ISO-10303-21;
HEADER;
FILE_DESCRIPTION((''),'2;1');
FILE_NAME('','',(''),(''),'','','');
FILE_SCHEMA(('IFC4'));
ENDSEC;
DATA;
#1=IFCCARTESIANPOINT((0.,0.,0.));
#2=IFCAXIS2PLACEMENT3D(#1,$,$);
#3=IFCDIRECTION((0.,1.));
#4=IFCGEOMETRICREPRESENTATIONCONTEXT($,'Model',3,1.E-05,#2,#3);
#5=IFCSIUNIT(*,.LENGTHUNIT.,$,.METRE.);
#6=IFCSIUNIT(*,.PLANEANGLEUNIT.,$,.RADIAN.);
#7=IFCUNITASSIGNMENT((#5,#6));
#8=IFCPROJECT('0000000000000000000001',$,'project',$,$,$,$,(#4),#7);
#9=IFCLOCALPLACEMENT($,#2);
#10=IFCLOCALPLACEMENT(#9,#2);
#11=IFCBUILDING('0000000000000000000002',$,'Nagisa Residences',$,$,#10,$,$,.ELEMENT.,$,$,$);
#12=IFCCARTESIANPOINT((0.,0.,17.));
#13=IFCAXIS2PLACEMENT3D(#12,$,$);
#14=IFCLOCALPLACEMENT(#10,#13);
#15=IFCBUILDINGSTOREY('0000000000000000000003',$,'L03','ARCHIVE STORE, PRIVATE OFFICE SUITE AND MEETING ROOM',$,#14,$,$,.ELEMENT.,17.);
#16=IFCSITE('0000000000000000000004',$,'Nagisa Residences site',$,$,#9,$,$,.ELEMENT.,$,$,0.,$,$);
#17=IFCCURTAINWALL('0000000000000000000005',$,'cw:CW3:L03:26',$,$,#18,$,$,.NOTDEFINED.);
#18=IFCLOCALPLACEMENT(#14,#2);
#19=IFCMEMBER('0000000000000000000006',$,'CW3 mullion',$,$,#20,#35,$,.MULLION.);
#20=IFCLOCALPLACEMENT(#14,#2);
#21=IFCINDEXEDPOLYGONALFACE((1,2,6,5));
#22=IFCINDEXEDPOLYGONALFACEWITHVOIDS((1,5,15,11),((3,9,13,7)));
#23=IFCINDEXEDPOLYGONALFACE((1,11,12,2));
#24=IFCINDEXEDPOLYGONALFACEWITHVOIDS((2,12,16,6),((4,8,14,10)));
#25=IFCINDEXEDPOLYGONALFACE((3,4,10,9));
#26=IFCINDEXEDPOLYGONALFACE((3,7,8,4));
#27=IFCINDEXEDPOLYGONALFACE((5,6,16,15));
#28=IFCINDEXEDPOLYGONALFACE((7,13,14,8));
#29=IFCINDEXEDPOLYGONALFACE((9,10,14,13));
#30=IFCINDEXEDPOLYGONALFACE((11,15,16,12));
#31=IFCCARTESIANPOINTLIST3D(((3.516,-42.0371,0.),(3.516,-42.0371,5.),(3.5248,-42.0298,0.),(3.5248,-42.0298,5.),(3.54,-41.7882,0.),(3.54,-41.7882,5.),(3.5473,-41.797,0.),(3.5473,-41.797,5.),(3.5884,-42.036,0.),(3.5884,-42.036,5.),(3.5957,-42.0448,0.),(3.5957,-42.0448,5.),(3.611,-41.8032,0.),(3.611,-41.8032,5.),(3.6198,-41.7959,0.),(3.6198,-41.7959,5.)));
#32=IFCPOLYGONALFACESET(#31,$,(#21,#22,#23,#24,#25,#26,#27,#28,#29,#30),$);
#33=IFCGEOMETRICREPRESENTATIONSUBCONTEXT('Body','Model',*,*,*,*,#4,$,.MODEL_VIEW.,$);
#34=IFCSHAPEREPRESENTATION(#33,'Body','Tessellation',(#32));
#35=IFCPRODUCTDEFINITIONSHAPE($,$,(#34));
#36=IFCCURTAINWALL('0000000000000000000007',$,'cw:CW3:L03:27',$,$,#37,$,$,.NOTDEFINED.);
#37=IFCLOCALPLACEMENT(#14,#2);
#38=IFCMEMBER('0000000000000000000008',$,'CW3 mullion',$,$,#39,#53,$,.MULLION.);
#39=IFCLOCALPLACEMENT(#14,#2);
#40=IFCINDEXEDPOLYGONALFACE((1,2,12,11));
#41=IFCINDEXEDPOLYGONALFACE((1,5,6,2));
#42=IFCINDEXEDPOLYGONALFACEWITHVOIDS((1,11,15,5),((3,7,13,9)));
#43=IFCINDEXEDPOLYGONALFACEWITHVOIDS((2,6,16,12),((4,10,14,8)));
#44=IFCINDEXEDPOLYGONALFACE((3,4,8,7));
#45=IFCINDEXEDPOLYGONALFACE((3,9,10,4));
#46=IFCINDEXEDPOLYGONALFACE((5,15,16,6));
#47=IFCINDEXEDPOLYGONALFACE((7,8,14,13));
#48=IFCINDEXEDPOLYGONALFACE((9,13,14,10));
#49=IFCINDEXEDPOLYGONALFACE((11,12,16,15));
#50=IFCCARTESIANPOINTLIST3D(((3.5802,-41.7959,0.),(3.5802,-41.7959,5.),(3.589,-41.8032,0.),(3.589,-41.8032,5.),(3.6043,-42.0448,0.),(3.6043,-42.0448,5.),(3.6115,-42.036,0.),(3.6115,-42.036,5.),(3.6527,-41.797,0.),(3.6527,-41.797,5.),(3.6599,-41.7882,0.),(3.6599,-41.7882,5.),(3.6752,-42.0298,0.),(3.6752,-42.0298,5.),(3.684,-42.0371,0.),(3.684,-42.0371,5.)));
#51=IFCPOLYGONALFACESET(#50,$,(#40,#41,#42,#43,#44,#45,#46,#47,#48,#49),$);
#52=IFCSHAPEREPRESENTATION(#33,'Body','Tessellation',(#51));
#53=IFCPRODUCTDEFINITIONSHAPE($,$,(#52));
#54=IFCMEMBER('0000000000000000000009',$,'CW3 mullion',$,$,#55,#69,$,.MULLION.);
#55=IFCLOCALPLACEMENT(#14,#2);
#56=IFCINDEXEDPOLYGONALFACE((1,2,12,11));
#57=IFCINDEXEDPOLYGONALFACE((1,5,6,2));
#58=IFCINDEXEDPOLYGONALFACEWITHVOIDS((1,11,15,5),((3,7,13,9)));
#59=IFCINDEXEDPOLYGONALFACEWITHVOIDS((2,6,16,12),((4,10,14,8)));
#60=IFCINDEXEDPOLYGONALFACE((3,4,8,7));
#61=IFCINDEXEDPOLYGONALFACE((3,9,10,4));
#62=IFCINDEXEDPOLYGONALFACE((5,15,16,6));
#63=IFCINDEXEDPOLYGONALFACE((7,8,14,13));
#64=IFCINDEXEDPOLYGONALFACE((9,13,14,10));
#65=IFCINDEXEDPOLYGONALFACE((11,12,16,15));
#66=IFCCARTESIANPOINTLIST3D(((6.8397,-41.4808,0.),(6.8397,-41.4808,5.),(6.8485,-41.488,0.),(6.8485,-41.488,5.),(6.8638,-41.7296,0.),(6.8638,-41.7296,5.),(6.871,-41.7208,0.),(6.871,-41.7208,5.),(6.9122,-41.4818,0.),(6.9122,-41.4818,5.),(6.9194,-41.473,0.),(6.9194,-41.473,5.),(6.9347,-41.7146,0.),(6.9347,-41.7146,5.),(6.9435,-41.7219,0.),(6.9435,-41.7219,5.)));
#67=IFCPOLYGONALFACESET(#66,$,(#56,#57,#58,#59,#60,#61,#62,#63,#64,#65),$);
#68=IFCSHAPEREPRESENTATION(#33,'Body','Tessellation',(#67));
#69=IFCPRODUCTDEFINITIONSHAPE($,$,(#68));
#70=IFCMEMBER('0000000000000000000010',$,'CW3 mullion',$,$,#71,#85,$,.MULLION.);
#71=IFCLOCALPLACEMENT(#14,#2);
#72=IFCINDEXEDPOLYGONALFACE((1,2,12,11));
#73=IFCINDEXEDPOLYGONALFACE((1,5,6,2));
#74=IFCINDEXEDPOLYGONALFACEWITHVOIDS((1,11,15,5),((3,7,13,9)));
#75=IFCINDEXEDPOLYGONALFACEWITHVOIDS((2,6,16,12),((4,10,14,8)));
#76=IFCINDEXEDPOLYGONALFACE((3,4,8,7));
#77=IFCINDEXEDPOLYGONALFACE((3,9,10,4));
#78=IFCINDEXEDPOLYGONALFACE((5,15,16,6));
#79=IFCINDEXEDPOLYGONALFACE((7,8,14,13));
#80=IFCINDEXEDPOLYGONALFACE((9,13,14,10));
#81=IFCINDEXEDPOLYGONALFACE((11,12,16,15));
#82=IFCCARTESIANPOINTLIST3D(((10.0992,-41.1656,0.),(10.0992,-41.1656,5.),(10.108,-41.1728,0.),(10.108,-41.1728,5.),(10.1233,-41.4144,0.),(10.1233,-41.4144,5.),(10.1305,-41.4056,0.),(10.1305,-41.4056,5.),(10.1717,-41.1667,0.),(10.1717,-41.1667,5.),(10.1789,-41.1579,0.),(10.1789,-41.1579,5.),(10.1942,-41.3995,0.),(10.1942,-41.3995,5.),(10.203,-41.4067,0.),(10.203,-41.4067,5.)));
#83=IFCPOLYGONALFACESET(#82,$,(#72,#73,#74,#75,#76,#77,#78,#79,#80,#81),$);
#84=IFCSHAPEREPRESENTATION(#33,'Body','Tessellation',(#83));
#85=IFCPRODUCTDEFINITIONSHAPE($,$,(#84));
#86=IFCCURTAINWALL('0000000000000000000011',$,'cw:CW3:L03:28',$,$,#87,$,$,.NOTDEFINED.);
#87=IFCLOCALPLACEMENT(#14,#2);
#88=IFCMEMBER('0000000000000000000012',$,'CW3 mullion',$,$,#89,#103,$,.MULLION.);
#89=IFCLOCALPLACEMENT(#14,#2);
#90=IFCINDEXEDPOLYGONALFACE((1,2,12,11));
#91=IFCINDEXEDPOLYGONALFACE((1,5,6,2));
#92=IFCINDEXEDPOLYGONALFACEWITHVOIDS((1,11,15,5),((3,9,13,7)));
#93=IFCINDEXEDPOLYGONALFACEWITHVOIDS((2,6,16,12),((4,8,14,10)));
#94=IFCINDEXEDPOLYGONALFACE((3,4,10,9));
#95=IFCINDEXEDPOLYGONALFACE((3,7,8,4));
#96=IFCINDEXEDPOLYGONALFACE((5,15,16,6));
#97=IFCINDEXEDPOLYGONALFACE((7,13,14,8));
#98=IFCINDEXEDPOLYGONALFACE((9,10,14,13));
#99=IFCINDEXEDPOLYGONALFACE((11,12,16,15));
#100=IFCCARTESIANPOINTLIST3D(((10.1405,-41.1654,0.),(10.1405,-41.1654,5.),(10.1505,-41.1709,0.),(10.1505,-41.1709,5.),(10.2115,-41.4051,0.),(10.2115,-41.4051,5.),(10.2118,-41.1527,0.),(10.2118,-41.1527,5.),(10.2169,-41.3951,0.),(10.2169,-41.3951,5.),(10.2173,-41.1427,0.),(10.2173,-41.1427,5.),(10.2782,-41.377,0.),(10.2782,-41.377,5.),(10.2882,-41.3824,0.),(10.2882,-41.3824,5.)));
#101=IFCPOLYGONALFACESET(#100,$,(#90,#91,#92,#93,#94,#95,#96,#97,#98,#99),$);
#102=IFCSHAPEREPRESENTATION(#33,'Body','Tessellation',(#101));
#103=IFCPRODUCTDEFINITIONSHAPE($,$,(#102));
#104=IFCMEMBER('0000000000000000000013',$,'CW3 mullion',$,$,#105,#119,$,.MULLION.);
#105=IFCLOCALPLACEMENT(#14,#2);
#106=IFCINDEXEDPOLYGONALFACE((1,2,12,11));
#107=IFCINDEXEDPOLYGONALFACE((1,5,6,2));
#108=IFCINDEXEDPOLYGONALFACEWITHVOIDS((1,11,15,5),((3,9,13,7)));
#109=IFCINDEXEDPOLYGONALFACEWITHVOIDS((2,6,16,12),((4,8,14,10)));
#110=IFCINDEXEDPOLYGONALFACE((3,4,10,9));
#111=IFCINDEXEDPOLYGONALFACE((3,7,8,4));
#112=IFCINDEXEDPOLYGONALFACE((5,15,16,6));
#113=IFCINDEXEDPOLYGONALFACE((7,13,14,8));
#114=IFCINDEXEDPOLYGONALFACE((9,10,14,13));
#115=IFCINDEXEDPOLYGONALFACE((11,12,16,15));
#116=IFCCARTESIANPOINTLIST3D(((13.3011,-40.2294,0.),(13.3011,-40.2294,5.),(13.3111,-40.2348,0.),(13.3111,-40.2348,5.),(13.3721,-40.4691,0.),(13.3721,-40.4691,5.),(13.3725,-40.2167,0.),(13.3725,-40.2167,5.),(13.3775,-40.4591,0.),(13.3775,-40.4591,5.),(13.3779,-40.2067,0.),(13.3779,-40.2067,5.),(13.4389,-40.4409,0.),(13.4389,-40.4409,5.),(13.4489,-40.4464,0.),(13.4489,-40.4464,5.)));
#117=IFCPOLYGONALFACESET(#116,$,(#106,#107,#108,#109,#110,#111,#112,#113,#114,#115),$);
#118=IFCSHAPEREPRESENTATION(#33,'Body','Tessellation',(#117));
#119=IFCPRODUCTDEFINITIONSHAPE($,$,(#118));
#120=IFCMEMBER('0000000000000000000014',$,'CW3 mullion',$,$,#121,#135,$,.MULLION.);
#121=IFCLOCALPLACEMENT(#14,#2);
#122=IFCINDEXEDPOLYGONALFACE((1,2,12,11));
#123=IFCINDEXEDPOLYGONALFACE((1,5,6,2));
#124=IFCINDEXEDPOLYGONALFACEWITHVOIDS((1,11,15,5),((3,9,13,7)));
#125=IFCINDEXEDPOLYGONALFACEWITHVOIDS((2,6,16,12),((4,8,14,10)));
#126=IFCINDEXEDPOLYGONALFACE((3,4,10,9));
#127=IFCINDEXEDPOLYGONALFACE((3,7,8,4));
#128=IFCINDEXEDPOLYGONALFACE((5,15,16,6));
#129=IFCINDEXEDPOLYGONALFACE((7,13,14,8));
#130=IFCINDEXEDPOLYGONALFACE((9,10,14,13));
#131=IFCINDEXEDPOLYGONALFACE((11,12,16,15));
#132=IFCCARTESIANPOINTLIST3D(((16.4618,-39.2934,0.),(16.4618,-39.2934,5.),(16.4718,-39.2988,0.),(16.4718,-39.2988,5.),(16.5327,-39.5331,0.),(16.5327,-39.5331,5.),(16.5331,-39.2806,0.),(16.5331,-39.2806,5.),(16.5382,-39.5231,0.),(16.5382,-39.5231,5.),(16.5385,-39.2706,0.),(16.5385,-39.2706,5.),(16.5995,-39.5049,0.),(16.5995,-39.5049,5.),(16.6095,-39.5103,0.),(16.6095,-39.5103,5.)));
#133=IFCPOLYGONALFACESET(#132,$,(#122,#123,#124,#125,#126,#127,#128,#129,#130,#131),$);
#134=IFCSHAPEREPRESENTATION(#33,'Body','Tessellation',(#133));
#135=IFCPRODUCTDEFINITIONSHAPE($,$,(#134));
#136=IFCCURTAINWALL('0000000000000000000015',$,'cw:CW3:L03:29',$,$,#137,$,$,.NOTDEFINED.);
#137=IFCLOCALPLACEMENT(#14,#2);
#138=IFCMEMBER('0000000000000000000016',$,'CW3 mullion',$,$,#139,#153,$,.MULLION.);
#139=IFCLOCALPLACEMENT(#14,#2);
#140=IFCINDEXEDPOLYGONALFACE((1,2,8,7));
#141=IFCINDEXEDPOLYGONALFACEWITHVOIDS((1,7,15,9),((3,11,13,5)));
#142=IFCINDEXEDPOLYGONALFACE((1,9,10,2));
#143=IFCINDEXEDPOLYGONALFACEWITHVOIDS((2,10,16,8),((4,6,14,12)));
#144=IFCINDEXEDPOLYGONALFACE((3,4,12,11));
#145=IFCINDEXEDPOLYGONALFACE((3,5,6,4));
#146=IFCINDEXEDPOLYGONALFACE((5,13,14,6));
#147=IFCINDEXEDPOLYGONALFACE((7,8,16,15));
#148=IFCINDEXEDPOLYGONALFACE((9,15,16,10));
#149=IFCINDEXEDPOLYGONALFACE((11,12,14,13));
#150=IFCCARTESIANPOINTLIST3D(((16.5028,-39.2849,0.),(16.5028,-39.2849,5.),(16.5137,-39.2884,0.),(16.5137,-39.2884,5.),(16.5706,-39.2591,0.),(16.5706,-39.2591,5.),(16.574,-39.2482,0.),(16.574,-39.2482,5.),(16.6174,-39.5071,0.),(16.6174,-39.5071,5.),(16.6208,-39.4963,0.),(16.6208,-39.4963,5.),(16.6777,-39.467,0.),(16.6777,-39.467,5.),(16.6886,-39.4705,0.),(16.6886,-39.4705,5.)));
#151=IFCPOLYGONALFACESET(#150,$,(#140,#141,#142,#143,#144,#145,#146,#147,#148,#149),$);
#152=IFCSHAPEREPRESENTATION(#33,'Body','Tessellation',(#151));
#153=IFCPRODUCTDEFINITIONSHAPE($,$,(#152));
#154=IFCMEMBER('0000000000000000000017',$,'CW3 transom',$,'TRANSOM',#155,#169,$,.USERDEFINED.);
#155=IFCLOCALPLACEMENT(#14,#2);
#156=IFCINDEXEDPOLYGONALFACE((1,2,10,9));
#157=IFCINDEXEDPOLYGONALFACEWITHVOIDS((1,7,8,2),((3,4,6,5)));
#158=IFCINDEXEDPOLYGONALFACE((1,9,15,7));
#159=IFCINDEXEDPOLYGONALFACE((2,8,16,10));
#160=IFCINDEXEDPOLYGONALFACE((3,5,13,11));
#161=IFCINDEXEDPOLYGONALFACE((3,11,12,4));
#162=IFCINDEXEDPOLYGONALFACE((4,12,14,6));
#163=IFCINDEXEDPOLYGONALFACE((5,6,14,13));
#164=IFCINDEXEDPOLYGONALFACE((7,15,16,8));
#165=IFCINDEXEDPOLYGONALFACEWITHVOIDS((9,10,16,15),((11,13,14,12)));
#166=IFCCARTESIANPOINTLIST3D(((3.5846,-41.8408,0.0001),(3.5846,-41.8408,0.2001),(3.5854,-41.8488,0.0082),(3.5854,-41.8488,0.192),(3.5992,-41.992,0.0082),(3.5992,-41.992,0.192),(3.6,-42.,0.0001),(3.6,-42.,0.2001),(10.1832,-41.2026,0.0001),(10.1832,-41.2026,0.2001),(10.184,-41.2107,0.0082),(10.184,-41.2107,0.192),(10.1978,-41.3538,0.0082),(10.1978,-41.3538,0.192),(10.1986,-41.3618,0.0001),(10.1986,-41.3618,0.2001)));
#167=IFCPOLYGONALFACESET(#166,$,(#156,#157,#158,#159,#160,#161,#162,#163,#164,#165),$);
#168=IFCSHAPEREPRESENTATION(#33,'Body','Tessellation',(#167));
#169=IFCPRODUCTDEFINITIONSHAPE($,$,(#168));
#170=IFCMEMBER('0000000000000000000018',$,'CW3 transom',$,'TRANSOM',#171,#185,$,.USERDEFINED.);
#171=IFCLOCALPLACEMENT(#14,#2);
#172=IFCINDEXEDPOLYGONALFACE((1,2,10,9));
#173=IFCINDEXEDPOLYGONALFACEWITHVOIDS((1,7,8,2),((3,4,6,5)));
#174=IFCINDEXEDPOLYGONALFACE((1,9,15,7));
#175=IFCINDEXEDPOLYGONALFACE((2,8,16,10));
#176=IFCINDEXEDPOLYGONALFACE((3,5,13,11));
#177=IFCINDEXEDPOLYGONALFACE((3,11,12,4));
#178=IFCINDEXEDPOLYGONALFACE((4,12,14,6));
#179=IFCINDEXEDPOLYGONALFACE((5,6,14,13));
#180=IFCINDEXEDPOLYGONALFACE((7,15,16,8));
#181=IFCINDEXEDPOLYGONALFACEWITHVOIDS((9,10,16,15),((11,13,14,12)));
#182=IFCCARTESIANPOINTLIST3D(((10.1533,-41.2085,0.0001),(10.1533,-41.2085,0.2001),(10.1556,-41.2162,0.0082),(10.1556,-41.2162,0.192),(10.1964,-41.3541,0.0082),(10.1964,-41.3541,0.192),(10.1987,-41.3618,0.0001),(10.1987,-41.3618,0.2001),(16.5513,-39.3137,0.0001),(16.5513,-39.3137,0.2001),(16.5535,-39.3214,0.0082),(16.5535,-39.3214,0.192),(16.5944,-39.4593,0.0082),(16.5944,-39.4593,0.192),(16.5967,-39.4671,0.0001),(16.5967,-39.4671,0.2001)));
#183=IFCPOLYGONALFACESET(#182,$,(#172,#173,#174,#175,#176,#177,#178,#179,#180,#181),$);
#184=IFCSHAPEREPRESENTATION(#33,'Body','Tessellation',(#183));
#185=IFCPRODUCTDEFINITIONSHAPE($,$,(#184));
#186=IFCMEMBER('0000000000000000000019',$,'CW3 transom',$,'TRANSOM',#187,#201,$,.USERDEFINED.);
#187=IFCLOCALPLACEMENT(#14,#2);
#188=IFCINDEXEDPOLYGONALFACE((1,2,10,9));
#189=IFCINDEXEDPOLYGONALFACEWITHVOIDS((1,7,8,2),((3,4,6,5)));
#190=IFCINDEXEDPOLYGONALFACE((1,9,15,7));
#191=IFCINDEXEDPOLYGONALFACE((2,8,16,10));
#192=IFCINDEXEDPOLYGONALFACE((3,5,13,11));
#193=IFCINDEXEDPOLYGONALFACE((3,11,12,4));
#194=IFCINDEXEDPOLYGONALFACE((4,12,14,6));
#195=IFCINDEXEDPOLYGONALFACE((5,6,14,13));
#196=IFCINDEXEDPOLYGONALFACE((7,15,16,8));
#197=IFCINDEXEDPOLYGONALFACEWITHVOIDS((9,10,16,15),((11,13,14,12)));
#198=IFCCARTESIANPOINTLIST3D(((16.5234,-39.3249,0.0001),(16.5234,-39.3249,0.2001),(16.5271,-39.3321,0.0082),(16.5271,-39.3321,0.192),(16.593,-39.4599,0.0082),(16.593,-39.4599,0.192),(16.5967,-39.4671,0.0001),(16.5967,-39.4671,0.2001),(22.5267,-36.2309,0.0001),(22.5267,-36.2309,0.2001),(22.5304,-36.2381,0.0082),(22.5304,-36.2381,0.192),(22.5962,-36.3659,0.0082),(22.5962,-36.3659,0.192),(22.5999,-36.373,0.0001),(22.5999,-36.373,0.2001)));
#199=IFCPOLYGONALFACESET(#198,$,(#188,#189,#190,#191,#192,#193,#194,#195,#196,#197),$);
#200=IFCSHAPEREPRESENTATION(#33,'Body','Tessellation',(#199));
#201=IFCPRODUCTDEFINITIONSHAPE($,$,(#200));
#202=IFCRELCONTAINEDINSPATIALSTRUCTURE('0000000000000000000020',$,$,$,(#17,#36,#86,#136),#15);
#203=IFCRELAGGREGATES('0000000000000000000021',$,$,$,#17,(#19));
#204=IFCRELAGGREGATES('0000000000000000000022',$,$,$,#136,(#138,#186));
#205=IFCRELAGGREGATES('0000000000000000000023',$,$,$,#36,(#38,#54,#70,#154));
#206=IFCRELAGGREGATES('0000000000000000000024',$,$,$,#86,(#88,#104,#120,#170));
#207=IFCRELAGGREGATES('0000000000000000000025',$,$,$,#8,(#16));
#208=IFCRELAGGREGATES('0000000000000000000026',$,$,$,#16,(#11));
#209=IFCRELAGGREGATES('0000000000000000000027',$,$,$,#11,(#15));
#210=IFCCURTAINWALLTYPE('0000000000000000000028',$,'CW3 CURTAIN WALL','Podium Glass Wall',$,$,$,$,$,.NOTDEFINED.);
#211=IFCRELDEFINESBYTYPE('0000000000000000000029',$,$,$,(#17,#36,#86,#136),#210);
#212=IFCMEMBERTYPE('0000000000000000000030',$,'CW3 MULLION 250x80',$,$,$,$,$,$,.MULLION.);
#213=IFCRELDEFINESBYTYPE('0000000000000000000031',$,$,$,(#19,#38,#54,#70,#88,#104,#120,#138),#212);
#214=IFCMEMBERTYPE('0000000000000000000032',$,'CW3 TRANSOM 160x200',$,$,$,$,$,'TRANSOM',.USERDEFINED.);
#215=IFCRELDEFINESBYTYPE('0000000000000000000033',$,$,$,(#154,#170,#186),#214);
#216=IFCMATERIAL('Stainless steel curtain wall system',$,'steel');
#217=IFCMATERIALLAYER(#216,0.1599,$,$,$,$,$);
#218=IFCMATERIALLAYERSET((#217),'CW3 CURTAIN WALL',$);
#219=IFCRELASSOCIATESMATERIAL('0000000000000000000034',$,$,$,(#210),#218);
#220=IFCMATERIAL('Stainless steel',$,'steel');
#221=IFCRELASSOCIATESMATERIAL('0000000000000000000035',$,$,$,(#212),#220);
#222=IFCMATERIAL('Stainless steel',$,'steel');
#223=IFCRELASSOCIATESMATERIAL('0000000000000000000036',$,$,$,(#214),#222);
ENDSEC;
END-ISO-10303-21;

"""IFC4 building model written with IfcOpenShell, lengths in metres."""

from ifc_helpers import new_model, si_unit, direction, frame, origin, origin_2d, place, context, subcontext, project, spatial, hollow_rectangle, extrude, material, layer, layer_set, material_profile, profile_set, type_object, element, aggregate, save


model = new_model("IFC4")

# Units and contexts
model_context = context("Model", 3, precision=1e-05, world=origin(), true_north=direction((0.0, 1.0)))
body_context = subcontext(model_context, "Body", "Model", "MODEL_VIEW")
ifc_project = project(units=[si_unit("LENGTHUNIT", "METRE"), si_unit("PLANEANGLEUNIT", "RADIAN")], contexts=[model_context])

# Site, building, storey
site_placement = place(None, origin())
site = spatial("IfcSite", under=ifc_project, at=site_placement, Name="Nagisa Residences site", CompositionType="ELEMENT", RefElevation=0.0)
building_placement = place(site_placement, origin())
building = spatial("IfcBuilding", under=site, at=building_placement, Name="Nagisa Residences", CompositionType="ELEMENT")
storey_placement = place(building_placement, frame((0.0, 0.0, 17.0)))
storey = spatial("IfcBuildingStorey", under=building, at=storey_placement, Name="L03", Description="ARCHIVE STORE, PRIVATE OFFICE SUITE AND MEETING ROOM", CompositionType="ELEMENT", Elevation=17.0)

# Curtain wall, member
ifc_material_1 = material(Name="Stainless steel curtain wall system", Category="steel")
ifc_layer_1 = layer(ifc_material_1, 0.1599)
ifc_layer_set_1 = layer_set([ifc_layer_1], Name="CW3 CURTAIN WALL")
curtain_wall_type_1 = type_object("IfcCurtainWallType", Name="CW3 CURTAIN WALL", Description="Podium Glass Wall", PredefinedType="NOTDEFINED", material=ifc_layer_set_1)
curtain_wall_1_placement = place(storey_placement, origin())
curtain_wall_1 = element("IfcCurtainWall", 1, at=curtain_wall_1_placement, inside=storey, type_object=curtain_wall_type_1, Name="cw:CW3:L03:26", PredefinedType="NOTDEFINED")
ifc_material_2 = material(Name="Stainless steel", Category="steel")
ifc_material_profile_1 = material_profile(ifc_material_2, hollow_rectangle(XDim=0.25, YDim=0.0801, WallThickness=0.0081, at=origin_2d()), Name="CW3 MULLION 250x80")
ifc_profile_set_1 = profile_set([ifc_material_profile_1], Name="Stainless steel")
member_type_1 = type_object("IfcMemberType", Name="CW3 MULLION 250x80", PredefinedType="MULLION", material=ifc_profile_set_1)
member_1_placement = place(storey_placement, frame((3.5679, -41.9165, 0.0), z_axis=(0.0, 0.0, 1.0), x_axis=(0.096249, 0.995357, 0.0)))
member_1 = element("IfcMember", 2, at=member_1_placement, type_object=member_type_1, Name="CW3 mullion", PredefinedType="MULLION", context=body_context, shape_type="SweptSolid", body=[
    extrude(hollow_rectangle(XDim=0.25, YDim=0.0801, WallThickness=0.0081, at=origin_2d()), origin(), (0.0, 0.0, 1.0), 5.0),
])
aggregate(curtain_wall_1, [member_1])

# Curtain walls, members
curtain_wall_2_placement = place(storey_placement, origin())
curtain_wall_2 = element("IfcCurtainWall", 3, at=curtain_wall_2_placement, inside=storey, type_object=curtain_wall_type_1, Name="cw:CW3:L03:27", PredefinedType="NOTDEFINED")
member_2_placement = place(storey_placement, frame((3.6321, -41.9165, 0.0), z_axis=(0.0, 0.0, 1.0), x_axis=(-0.096249, 0.995357, 0.0)))
member_2 = element("IfcMember", 4, at=member_2_placement, type_object=member_type_1, Name="CW3 mullion", PredefinedType="MULLION", context=body_context, shape_type="SweptSolid", body=[
    extrude(hollow_rectangle(XDim=0.25, YDim=0.0801, WallThickness=0.0081, at=origin_2d()), origin(), (0.0, 0.0, 1.0), 5.0),
])
member_3_placement = place(storey_placement, frame((6.8916, -41.6013, 0.0), z_axis=(0.0, 0.0, 1.0), x_axis=(-0.096249, 0.995357, 0.0)))
member_3 = element("IfcMember", 5, at=member_3_placement, type_object=member_type_1, Name="CW3 mullion", PredefinedType="MULLION", context=body_context, shape_type="SweptSolid", body=[
    extrude(hollow_rectangle(XDim=0.25, YDim=0.0801, WallThickness=0.0081, at=origin_2d()), origin(), (0.0, 0.0, 1.0), 5.0),
])
member_4_placement = place(storey_placement, frame((10.1511, -41.2861, 0.0), z_axis=(0.0, 0.0, 1.0), x_axis=(-0.096249, 0.995357, 0.0)))
member_4 = element("IfcMember", 6, at=member_4_placement, type_object=member_type_1, Name="CW3 mullion", PredefinedType="MULLION", context=body_context, shape_type="SweptSolid", body=[
    extrude(hollow_rectangle(XDim=0.25, YDim=0.0801, WallThickness=0.0081, at=origin_2d()), origin(), (0.0, 0.0, 1.0), 5.0),
])
curtain_wall_3_placement = place(storey_placement, origin())
curtain_wall_3 = element("IfcCurtainWall", 7, at=curtain_wall_3_placement, inside=storey, type_object=curtain_wall_type_1, Name="cw:CW3:L03:28", PredefinedType="NOTDEFINED")
member_5_placement = place(storey_placement, frame((10.2144, -41.2739, 0.0), z_axis=(0.0, 0.0, 1.0), x_axis=(-0.283963, 0.958835, 0.0)))
member_5 = element("IfcMember", 8, at=member_5_placement, type_object=member_type_1, Name="CW3 mullion", PredefinedType="MULLION", context=body_context, shape_type="SweptSolid", body=[
    extrude(hollow_rectangle(XDim=0.25, YDim=0.0801, WallThickness=0.0081, at=origin_2d()), origin(), (0.0, 0.0, 1.0), 5.0),
])
member_6_placement = place(storey_placement, frame((13.375, -40.3379, 0.0), z_axis=(0.0, 0.0, 1.0), x_axis=(-0.283963, 0.958835, 0.0)))
member_6 = element("IfcMember", 9, at=member_6_placement, type_object=member_type_1, Name="CW3 mullion", PredefinedType="MULLION", context=body_context, shape_type="SweptSolid", body=[
    extrude(hollow_rectangle(XDim=0.25, YDim=0.0801, WallThickness=0.0081, at=origin_2d()), origin(), (0.0, 0.0, 1.0), 5.0),
])
member_7_placement = place(storey_placement, frame((16.5356, -39.4019, 0.0), z_axis=(0.0, 0.0, 1.0), x_axis=(-0.283963, 0.958835, 0.0)))
member_7 = element("IfcMember", 10, at=member_7_placement, type_object=member_type_1, Name="CW3 mullion", PredefinedType="MULLION", context=body_context, shape_type="SweptSolid", body=[
    extrude(hollow_rectangle(XDim=0.25, YDim=0.0801, WallThickness=0.0081, at=origin_2d()), origin(), (0.0, 0.0, 1.0), 5.0),
])

# Curtain wall, member
curtain_wall_4_placement = place(storey_placement, origin())
curtain_wall_4 = element("IfcCurtainWall", 11, at=curtain_wall_4_placement, inside=storey, type_object=curtain_wall_type_1, Name="cw:CW3:L03:29", PredefinedType="NOTDEFINED")
member_8_placement = place(storey_placement, frame((16.5957, -39.3777, 0.0), z_axis=(0.0, 0.0, 1.0), x_axis=(-0.458126, 0.888887, 0.0)))
member_8 = element("IfcMember", 12, at=member_8_placement, type_object=member_type_1, Name="CW3 mullion", PredefinedType="MULLION", context=body_context, shape_type="SweptSolid", body=[
    extrude(hollow_rectangle(XDim=0.25, YDim=0.0801, WallThickness=0.0081, at=origin_2d()), origin(), (0.0, 0.0, 1.0), 5.0),
])

# Members
ifc_material_3 = material(Name="Stainless steel", Category="steel")
ifc_material_profile_2 = material_profile(ifc_material_3, hollow_rectangle(XDim=0.1599, YDim=0.2, WallThickness=0.0081, at=origin_2d()), Name="CW3 TRANSOM 160x200")
ifc_profile_set_2 = profile_set([ifc_material_profile_2], Name="Stainless steel")
member_type_2 = type_object("IfcMemberType", Name="CW3 TRANSOM 160x200", ElementType="TRANSOM", PredefinedType="USERDEFINED", material=ifc_profile_set_2)
member_9_placement = place(storey_placement, frame((3.5923, -41.9204, 0.1001), z_axis=(0.995356, 0.096265, 0.0), x_axis=(-0.096265, 0.995356, 0.0)))
member_9 = element("IfcMember", 13, at=member_9_placement, type_object=member_type_2, Name="CW3 transom", ObjectType="TRANSOM", PredefinedType="USERDEFINED", context=body_context, shape_type="SweptSolid", body=[
    extrude(hollow_rectangle(XDim=0.1599, YDim=0.2, WallThickness=0.0081, at=origin_2d()), origin(), (0.0, 0.0, 1.0), 6.6294),
])
member_10_placement = place(storey_placement, frame((10.176, -41.2852, 0.1001), z_axis=(0.958835, 0.283963, 0.0), x_axis=(-0.283963, 0.958835, 0.0)))
member_10 = element("IfcMember", 14, at=member_10_placement, type_object=member_type_2, Name="CW3 transom", ObjectType="TRANSOM", PredefinedType="USERDEFINED", context=body_context, shape_type="SweptSolid", body=[
    extrude(hollow_rectangle(XDim=0.1599, YDim=0.2, WallThickness=0.0081, at=origin_2d()), origin(), (0.0, 0.0, 1.0), 6.6726),
])
member_11_placement = place(storey_placement, frame((16.5601, -39.396, 0.1001), z_axis=(0.888887, 0.458126, 0.0), x_axis=(-0.458126, 0.888887, 0.0)))
member_11 = element("IfcMember", 15, at=member_11_placement, type_object=member_type_2, Name="CW3 transom", ObjectType="TRANSOM", PredefinedType="USERDEFINED", context=body_context, shape_type="SweptSolid", body=[
    extrude(hollow_rectangle(XDim=0.1599, YDim=0.2, WallThickness=0.0081, at=origin_2d()), origin(), (0.0, 0.0, 1.0), 6.7537),
])
aggregate(curtain_wall_4, [member_8, member_11])

aggregate(curtain_wall_2, [member_2, member_3, member_4, member_9])
aggregate(curtain_wall_3, [member_5, member_6, member_7, member_10])

save(model, "model.ifc")
